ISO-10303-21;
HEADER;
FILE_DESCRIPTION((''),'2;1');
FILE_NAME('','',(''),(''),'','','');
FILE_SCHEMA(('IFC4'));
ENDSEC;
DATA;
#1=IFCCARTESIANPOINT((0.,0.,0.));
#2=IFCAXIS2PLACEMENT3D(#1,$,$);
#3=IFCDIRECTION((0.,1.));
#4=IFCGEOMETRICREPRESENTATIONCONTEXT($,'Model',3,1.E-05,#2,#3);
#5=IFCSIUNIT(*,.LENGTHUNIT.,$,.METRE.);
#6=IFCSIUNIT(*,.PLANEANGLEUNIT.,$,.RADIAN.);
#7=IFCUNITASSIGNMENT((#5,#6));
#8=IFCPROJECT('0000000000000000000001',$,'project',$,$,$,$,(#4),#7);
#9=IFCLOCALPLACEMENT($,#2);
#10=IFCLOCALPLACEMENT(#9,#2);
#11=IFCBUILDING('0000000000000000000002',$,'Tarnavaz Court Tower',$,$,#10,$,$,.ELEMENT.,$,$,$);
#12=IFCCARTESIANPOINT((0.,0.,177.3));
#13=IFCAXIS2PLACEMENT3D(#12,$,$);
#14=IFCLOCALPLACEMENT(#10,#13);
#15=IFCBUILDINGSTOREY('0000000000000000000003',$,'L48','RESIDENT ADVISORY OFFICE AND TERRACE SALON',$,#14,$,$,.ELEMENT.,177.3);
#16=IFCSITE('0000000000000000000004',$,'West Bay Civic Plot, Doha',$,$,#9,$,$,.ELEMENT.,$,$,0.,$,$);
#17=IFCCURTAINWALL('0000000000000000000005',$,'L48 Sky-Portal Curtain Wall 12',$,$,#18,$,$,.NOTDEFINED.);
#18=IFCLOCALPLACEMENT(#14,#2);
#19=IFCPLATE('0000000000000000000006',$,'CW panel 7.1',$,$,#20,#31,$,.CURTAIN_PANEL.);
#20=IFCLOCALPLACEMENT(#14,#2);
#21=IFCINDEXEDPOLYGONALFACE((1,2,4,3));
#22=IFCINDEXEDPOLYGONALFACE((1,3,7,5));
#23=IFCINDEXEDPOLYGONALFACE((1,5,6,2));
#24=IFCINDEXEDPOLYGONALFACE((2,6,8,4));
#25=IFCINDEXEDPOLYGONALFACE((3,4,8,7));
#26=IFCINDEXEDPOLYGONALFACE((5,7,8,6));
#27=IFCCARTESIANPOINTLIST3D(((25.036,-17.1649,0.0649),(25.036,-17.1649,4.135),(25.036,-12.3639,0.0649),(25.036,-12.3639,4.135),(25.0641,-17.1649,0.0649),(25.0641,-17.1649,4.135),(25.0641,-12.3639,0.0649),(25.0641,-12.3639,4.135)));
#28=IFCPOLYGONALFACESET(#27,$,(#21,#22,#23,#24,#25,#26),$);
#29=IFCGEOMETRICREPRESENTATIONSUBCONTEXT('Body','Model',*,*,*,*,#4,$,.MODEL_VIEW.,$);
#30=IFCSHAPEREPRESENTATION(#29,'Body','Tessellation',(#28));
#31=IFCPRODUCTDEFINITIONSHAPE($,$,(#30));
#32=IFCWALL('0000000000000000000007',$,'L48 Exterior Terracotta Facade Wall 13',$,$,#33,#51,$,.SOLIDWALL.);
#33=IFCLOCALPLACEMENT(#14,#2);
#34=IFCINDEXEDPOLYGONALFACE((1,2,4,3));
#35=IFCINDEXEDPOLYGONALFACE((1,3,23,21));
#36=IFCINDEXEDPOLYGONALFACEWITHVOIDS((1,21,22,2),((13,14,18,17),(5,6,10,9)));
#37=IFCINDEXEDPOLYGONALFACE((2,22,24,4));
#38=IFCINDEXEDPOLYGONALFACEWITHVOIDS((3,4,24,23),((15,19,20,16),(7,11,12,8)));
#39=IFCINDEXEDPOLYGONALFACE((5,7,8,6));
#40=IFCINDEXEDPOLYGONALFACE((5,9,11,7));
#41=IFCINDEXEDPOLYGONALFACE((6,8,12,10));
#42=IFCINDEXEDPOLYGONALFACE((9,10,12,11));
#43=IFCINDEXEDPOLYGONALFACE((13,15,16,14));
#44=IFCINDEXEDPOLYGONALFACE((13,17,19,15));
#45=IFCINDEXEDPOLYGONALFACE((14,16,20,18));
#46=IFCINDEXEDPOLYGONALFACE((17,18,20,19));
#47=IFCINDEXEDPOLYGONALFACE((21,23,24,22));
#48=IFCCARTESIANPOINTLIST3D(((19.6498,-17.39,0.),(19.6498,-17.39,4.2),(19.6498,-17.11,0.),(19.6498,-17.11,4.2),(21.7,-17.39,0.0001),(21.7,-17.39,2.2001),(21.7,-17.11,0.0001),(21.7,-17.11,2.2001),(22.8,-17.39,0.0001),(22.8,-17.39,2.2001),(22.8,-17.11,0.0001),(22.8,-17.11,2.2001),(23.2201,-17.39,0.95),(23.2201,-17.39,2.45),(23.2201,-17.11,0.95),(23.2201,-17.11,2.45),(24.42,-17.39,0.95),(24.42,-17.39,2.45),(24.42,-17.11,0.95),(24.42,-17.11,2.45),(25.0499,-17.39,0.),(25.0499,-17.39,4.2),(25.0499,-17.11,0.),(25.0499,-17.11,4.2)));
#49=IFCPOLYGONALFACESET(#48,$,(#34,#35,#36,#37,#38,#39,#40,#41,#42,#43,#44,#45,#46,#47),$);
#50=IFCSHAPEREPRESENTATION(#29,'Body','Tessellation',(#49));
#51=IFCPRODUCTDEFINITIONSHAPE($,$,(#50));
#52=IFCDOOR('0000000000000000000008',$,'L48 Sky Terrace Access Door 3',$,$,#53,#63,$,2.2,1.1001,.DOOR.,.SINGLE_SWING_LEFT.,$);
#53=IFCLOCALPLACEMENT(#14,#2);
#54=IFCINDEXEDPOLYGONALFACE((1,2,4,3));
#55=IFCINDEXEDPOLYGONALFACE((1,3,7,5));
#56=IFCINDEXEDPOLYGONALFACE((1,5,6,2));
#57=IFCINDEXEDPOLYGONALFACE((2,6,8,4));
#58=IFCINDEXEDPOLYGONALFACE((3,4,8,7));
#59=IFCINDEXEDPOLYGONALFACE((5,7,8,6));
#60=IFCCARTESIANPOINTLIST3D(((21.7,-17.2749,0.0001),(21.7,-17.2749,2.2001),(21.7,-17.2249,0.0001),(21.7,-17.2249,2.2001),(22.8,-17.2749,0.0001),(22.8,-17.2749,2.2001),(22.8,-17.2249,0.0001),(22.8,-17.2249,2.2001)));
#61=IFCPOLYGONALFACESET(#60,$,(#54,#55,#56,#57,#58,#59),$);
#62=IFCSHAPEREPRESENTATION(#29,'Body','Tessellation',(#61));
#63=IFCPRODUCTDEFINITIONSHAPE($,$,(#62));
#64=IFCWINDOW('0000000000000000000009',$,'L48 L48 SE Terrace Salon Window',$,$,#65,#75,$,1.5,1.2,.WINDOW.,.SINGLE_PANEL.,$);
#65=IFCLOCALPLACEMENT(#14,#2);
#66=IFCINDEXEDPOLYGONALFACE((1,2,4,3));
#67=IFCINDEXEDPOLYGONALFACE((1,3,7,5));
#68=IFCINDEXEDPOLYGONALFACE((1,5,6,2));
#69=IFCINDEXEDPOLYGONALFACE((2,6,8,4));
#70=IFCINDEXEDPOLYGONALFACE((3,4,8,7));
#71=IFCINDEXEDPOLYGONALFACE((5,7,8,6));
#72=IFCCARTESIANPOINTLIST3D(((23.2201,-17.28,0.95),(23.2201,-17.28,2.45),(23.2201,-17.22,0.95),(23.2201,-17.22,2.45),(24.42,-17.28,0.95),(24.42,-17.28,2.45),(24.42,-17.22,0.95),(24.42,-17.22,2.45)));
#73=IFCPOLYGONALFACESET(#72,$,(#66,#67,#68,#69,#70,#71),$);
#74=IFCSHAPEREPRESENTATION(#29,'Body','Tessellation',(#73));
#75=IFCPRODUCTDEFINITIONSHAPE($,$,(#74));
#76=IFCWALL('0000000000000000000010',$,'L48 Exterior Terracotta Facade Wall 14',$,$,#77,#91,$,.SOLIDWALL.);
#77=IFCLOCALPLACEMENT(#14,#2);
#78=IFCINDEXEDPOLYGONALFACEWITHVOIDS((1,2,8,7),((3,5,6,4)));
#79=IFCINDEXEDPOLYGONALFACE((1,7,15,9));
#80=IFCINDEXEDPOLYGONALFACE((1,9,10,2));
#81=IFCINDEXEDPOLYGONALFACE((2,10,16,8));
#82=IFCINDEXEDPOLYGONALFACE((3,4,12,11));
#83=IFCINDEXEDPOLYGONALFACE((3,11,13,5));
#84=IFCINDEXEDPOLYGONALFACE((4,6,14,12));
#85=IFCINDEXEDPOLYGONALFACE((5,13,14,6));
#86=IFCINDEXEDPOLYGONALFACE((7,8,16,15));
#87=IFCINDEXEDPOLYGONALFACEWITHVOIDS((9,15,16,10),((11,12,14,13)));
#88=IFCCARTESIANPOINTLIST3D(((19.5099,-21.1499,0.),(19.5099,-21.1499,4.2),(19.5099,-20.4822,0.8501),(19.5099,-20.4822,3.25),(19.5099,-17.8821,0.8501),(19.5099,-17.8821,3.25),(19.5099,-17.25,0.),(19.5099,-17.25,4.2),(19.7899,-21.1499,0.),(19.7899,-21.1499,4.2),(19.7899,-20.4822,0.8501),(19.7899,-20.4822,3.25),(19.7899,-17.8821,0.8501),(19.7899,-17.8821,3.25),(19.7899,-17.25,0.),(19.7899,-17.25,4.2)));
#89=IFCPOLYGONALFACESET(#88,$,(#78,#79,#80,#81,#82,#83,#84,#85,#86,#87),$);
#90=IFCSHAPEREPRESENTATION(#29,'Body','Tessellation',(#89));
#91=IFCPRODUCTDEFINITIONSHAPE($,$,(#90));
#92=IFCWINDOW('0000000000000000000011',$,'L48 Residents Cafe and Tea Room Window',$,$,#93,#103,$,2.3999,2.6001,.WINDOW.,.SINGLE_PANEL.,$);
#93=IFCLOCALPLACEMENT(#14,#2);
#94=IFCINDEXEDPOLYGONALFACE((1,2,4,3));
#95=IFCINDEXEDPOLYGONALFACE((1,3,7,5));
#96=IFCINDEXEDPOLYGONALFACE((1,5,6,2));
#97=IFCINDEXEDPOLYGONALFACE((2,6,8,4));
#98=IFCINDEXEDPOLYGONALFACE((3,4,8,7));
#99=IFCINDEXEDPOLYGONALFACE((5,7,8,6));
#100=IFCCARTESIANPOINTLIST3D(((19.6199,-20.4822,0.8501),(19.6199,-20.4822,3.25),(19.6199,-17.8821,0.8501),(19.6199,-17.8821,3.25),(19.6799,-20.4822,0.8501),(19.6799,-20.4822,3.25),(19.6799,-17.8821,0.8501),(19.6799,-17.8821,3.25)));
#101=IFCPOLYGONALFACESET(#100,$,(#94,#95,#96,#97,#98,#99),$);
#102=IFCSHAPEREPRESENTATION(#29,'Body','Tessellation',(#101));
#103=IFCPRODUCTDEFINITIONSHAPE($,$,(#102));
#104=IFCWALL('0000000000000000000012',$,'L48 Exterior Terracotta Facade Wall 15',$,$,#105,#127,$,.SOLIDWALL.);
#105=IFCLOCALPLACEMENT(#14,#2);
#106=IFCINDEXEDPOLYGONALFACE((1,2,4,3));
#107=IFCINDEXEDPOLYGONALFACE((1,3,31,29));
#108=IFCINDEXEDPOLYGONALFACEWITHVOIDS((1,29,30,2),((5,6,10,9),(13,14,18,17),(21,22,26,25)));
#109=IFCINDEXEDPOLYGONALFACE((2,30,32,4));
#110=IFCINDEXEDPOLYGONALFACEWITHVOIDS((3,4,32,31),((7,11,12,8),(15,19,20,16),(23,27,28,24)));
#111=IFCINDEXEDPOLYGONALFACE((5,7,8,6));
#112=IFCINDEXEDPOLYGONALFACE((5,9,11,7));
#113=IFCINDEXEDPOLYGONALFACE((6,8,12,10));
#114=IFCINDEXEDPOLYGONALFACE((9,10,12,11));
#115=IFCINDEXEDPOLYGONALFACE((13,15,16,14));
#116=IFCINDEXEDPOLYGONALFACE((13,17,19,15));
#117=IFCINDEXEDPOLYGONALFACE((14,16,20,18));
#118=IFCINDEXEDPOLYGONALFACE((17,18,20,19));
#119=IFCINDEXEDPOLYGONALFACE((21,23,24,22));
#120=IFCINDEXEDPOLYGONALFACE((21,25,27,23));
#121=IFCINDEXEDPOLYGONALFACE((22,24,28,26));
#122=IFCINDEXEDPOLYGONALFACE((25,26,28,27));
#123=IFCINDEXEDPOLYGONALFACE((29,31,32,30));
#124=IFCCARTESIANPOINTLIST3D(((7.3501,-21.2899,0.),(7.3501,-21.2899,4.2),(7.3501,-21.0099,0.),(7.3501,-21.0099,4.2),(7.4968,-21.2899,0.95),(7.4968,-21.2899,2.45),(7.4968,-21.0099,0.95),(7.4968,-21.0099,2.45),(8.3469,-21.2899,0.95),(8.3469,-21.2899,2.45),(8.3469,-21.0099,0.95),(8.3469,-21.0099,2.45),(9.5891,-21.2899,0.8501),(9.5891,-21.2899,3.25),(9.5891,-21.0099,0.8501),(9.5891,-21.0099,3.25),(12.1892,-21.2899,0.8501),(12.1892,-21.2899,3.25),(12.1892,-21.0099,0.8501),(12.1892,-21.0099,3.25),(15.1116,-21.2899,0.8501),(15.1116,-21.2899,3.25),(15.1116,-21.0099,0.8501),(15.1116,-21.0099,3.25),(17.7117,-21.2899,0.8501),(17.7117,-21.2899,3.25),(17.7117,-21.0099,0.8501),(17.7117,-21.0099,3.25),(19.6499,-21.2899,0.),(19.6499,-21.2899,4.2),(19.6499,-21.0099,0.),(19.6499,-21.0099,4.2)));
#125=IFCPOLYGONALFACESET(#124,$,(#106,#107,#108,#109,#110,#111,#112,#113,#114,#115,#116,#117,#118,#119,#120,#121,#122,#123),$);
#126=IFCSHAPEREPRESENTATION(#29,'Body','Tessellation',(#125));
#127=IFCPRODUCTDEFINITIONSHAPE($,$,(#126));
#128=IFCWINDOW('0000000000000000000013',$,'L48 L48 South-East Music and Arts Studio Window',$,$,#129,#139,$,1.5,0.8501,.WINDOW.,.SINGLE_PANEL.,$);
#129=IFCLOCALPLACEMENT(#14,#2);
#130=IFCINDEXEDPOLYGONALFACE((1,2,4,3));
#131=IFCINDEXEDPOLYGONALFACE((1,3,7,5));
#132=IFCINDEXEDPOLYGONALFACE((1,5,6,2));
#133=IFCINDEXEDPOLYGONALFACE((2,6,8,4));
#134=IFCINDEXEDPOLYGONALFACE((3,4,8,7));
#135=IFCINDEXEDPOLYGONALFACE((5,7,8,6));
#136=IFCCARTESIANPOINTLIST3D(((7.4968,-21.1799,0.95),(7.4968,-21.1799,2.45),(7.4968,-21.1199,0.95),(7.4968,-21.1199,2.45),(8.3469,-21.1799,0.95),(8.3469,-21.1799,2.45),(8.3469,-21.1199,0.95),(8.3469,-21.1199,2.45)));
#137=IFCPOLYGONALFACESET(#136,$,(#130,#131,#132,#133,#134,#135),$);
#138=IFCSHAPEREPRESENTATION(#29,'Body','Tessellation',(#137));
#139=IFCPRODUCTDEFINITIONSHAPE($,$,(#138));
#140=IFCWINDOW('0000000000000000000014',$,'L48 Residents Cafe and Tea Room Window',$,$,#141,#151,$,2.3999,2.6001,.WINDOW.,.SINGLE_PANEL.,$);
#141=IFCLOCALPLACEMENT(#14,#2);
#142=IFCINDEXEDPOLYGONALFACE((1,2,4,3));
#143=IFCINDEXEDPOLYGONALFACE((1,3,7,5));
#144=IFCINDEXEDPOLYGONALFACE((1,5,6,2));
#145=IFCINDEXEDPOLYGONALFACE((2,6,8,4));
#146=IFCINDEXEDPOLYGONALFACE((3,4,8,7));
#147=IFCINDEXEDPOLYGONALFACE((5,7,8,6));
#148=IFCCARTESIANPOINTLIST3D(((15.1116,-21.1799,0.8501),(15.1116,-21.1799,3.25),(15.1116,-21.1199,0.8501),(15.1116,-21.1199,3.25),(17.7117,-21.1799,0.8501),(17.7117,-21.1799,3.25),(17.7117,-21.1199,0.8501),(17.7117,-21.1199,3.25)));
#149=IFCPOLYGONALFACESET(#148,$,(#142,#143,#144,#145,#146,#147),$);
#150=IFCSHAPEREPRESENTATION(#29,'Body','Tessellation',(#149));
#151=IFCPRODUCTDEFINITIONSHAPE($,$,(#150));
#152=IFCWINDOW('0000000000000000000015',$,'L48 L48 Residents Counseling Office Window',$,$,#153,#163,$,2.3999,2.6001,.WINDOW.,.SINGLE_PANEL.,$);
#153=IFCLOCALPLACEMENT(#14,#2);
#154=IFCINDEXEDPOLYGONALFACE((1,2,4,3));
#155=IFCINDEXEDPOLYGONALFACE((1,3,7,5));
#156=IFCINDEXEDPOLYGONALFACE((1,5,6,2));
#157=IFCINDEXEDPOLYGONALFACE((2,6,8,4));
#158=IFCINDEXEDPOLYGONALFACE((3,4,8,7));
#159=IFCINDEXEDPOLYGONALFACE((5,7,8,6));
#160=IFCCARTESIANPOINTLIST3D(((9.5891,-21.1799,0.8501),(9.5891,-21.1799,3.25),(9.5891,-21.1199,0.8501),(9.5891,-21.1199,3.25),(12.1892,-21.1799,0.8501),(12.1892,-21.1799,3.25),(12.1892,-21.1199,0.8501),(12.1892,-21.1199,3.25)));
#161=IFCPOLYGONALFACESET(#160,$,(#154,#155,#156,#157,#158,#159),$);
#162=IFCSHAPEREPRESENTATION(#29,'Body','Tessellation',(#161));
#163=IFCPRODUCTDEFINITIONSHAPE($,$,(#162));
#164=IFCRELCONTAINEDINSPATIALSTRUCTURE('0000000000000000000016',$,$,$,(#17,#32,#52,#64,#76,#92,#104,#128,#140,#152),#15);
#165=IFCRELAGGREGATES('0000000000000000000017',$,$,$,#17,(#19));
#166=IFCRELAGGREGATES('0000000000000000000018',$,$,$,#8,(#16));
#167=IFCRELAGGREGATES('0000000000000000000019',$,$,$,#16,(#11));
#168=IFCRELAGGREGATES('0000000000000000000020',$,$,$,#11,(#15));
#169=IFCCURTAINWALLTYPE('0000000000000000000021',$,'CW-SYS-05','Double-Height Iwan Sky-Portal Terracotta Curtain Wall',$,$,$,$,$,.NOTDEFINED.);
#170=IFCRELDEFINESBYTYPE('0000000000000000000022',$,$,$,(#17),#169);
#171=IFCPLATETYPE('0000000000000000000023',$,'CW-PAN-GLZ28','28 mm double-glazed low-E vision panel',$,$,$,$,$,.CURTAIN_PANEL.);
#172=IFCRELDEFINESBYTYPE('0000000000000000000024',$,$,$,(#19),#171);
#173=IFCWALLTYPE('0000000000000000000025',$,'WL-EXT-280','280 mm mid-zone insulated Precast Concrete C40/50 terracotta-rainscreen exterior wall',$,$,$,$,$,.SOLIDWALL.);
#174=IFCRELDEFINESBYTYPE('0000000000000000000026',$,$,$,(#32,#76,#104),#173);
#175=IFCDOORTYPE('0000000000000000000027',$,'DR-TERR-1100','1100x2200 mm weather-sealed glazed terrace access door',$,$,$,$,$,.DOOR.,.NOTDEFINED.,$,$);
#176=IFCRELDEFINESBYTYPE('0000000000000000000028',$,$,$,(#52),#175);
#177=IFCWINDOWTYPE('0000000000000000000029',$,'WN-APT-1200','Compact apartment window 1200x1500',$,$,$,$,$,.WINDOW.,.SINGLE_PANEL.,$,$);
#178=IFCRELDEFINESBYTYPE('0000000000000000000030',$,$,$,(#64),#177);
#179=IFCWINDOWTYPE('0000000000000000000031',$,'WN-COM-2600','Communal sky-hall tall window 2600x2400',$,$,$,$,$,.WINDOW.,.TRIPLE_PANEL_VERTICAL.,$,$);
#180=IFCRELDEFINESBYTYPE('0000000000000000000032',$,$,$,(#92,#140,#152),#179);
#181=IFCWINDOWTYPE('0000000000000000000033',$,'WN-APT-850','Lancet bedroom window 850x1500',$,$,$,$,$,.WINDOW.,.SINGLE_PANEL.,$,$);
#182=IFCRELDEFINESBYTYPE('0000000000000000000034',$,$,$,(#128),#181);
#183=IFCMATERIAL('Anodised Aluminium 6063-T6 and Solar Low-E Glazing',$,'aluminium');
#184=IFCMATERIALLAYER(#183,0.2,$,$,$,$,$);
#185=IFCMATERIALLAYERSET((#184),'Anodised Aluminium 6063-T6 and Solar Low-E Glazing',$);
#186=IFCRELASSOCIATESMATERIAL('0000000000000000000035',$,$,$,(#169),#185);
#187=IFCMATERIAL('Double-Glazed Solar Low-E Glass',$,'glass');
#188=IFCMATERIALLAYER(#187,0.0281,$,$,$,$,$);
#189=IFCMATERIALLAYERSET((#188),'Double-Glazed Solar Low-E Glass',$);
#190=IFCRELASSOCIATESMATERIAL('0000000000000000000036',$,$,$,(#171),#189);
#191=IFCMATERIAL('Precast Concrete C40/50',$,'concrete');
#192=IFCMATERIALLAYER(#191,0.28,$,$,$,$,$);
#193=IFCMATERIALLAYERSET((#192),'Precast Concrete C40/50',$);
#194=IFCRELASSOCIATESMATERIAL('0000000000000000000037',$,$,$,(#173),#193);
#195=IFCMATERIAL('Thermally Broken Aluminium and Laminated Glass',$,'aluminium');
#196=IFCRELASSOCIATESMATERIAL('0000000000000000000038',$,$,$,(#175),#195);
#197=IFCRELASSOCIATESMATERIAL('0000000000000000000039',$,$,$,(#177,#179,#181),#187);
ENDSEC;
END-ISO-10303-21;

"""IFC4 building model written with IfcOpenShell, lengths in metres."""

from ifc_helpers import new_model, si_unit, direction, frame, frame_2d, origin, origin_2d, place, context, subcontext, project, spatial, rectangle, extrude, material, layer, layer_set, type_object, element, fill, aggregate, save


model = new_model("IFC4")

# Units and contexts
model_context = context("Model", 3, precision=1e-05, world=origin(), true_north=direction((0.0, 1.0)))
body_context = subcontext(model_context, "Body", "Model", "MODEL_VIEW")
ifc_project = project(units=[si_unit("LENGTHUNIT", "METRE"), si_unit("PLANEANGLEUNIT", "RADIAN")], contexts=[model_context])

# Site, building, storey
site_placement = place(None, origin())
site = spatial("IfcSite", under=ifc_project, at=site_placement, Name="West Bay Civic Plot, Doha", CompositionType="ELEMENT", RefElevation=0.0)
building_placement = place(site_placement, origin())
building = spatial("IfcBuilding", under=site, at=building_placement, Name="Tarnavaz Court Tower", CompositionType="ELEMENT")
storey_placement = place(building_placement, frame((0.0, 0.0, 177.3)))
storey = spatial("IfcBuildingStorey", under=building, at=storey_placement, Name="L48", Description="RESIDENT ADVISORY OFFICE AND TERRACE SALON", CompositionType="ELEMENT", Elevation=177.3)

# Curtain wall, plate
ifc_material_1 = material(Name="Anodised Aluminium 6063-T6 and Solar Low-E Glazing", Category="aluminium")
ifc_layer_1 = layer(ifc_material_1, 0.2)
ifc_layer_set_1 = layer_set([ifc_layer_1], Name="Anodised Aluminium 6063-T6 and Solar Low-E Glazing")
curtain_wall_type = type_object("IfcCurtainWallType", Name="CW-SYS-05", Description="Double-Height Iwan Sky-Portal Terracotta Curtain Wall", PredefinedType="NOTDEFINED", material=ifc_layer_set_1)
curtain_wall_placement = place(storey_placement, origin())
curtain_wall = element("IfcCurtainWall", 1, at=curtain_wall_placement, inside=storey, type_object=curtain_wall_type, Name="L48 Sky-Portal Curtain Wall 12", PredefinedType="NOTDEFINED")
ifc_material_2 = material(Name="Double-Glazed Solar Low-E Glass", Category="glass")
ifc_layer_2 = layer(ifc_material_2, 0.0281)
ifc_layer_set_2 = layer_set([ifc_layer_2], Name="Double-Glazed Solar Low-E Glass")
plate_type = type_object("IfcPlateType", Name="CW-PAN-GLZ28", Description="28 mm double-glazed low-E vision panel", PredefinedType="CURTAIN_PANEL", material=ifc_layer_set_2)
plate_placement = place(storey_placement, frame((25.05, -14.7644, 0.0649), z_axis=(0.0, 0.0, 1.0), x_axis=(0.0, -1.0, 0.0)))
plate = element("IfcPlate", 2, at=plate_placement, type_object=plate_type, Name="CW panel 7.1", PredefinedType="CURTAIN_PANEL", context=body_context, shape_type="SweptSolid", body=[
    extrude(rectangle(XDim=4.801, YDim=0.0281, at=origin_2d()), origin(), (0.0, 0.0, 1.0), 4.0701),
])
aggregate(curtain_wall, [plate])

# Wall, openings, door, window
ifc_material_3 = material(Name="Precast Concrete C40/50", Category="concrete")
ifc_layer_3 = layer(ifc_material_3, 0.28)
ifc_layer_set_3 = layer_set([ifc_layer_3], Name="Precast Concrete C40/50")
wall_type_1 = type_object("IfcWallType", Name="WL-EXT-280", Description="280 mm mid-zone insulated Precast Concrete C40/50 terracotta-rainscreen exterior wall", PredefinedType="SOLIDWALL", material=ifc_layer_set_3)
wall_1_placement = place(storey_placement, frame((25.05, -17.25, 0.0), z_axis=(0.0, 0.0, 1.0), x_axis=(-1.0, 0.0, 0.0)))
wall_1 = element("IfcWall", 3, at=wall_1_placement, inside=storey, type_object=wall_type_1, Name="L48 Exterior Terracotta Facade Wall 13", PredefinedType="SOLIDWALL", context=body_context, shape_type="SweptSolid", body=[
    extrude(rectangle(XDim=5.4001, YDim=0.28, at=frame_2d((2.7002, 0.0))), origin(), (0.0, 0.0, 1.0), 4.2),
])
opening_1_placement = place(wall_1_placement, frame((2.25, 0.0, 0.0)))
opening_1 = element("IfcOpeningElement", 4, at=opening_1_placement, cuts=wall_1, PredefinedType="OPENING", context=body_context, shape_type="SweptSolid", body=[
    extrude(rectangle(XDim=1.1001, YDim=2.2, at=frame_2d((0.55, 1.1001))), frame((0.0, 0.1499, 0.0), z_axis=(0.0, -1.0, 0.0), x_axis=(1.0, 0.0, 0.0)), (0.0, 0.0, 1.0), 0.3),
])
opening_2_placement = place(wall_1_placement, frame((0.6299, 0.0, 0.95)))
opening_2 = element("IfcOpeningElement", 5, at=opening_2_placement, cuts=wall_1, PredefinedType="OPENING", context=body_context, shape_type="SweptSolid", body=[
    extrude(rectangle(XDim=1.2, YDim=1.5, at=frame_2d((0.6001, 0.75))), frame((0.0, 0.1499, 0.0), z_axis=(0.0, -1.0, 0.0), x_axis=(1.0, 0.0, 0.0)), (0.0, 0.0, 1.0), 0.3),
])
ifc_material_4 = material(Name="Thermally Broken Aluminium and Laminated Glass", Category="aluminium")
door_type = type_object("IfcDoorType", Name="DR-TERR-1100", Description="1100x2200 mm weather-sealed glazed terrace access door", OperationType="NOTDEFINED", PredefinedType="DOOR", material=ifc_material_4)
door_placement = place(opening_1_placement, origin())
door = element("IfcDoor", 6, at=door_placement, inside=storey, type_object=door_type, Name="L48 Sky Terrace Access Door 3", OperationType="SINGLE_SWING_LEFT", OverallHeight=2.2, OverallWidth=1.1001, PredefinedType="DOOR", context=body_context, shape_type="SweptSolid", body=[
    extrude(rectangle(XDim=1.1001, YDim=2.2, at=frame_2d((0.55, 1.1001))), frame((0.0, 0.0249, 0.0), z_axis=(0.0, -1.0, 0.0), x_axis=(1.0, 0.0, 0.0)), (0.0, 0.0, 1.0), 0.05),
])
fill(opening_1, door)
window_type_1 = type_object("IfcWindowType", Name="WN-APT-1200", Description="Compact apartment window 1200x1500", PartitioningType="SINGLE_PANEL", PredefinedType="WINDOW", material=ifc_material_2)
window_1_placement = place(opening_2_placement, origin())
window_1 = element("IfcWindow", 7, at=window_1_placement, inside=storey, type_object=window_type_1, Name="L48 L48 SE Terrace Salon Window", OverallHeight=1.5, OverallWidth=1.2, PartitioningType="SINGLE_PANEL", PredefinedType="WINDOW", context=body_context, shape_type="SweptSolid", body=[
    extrude(rectangle(XDim=1.2, YDim=1.5, at=frame_2d((0.6001, 0.75))), frame((0.0, 0.03, 0.0), z_axis=(0.0, -1.0, 0.0), x_axis=(1.0, 0.0, 0.0)), (0.0, 0.0, 1.0), 0.0601),
])
fill(opening_2, window_1)

# Wall, opening, window
wall_2_placement = place(storey_placement, frame((19.6499, -17.25, 0.0), z_axis=(0.0, 0.0, 1.0), x_axis=(0.0, -1.0, 0.0)))
wall_2 = element("IfcWall", 8, at=wall_2_placement, inside=storey, type_object=wall_type_1, Name="L48 Exterior Terracotta Facade Wall 14", PredefinedType="SOLIDWALL", context=body_context, shape_type="SweptSolid", body=[
    extrude(rectangle(XDim=3.8999, YDim=0.28, at=frame_2d((1.95, 0.0))), origin(), (0.0, 0.0, 1.0), 4.2),
])
opening_3_placement = place(wall_2_placement, frame((0.6321, 0.0, 0.8501)))
opening_3 = element("IfcOpeningElement", 9, at=opening_3_placement, cuts=wall_2, PredefinedType="OPENING", context=body_context, shape_type="SweptSolid", body=[
    extrude(rectangle(XDim=2.6001, YDim=2.3999, at=frame_2d((1.3, 1.2))), frame((0.0, 0.1499, 0.0), z_axis=(0.0, -1.0, 0.0), x_axis=(1.0, 0.0, 0.0)), (0.0, 0.0, 1.0), 0.3),
])
window_type_2 = type_object("IfcWindowType", Name="WN-COM-2600", Description="Communal sky-hall tall window 2600x2400", PartitioningType="TRIPLE_PANEL_VERTICAL", PredefinedType="WINDOW", material=ifc_material_2)
window_2_placement = place(opening_3_placement, origin())
window_2 = element("IfcWindow", 10, at=window_2_placement, inside=storey, type_object=window_type_2, Name="L48 Residents Cafe and Tea Room Window", OverallHeight=2.3999, OverallWidth=2.6001, PartitioningType="SINGLE_PANEL", PredefinedType="WINDOW", context=body_context, shape_type="SweptSolid", body=[
    extrude(rectangle(XDim=2.6001, YDim=2.3999, at=frame_2d((1.3, 1.2))), frame((0.0, 0.03, 0.0), z_axis=(0.0, -1.0, 0.0), x_axis=(1.0, 0.0, 0.0)), (0.0, 0.0, 1.0), 0.0601),
])
fill(opening_3, window_2)

# Wall, openings, windows
wall_3_placement = place(storey_placement, frame((19.6499, -21.1499, 0.0), z_axis=(0.0, 0.0, 1.0), x_axis=(-1.0, 0.0, 0.0)))
wall_3 = element("IfcWall", 11, at=wall_3_placement, inside=storey, type_object=wall_type_1, Name="L48 Exterior Terracotta Facade Wall 15", PredefinedType="SOLIDWALL", context=body_context, shape_type="SweptSolid", body=[
    extrude(rectangle(XDim=12.2998, YDim=0.28, at=frame_2d((6.1499, 0.0))), origin(), (0.0, 0.0, 1.0), 4.2),
])
opening_4_placement = place(wall_3_placement, frame((1.9382, 0.0, 0.8501)))
opening_4 = element("IfcOpeningElement", 12, at=opening_4_placement, cuts=wall_3, PredefinedType="OPENING", context=body_context, shape_type="SweptSolid", body=[
    extrude(rectangle(XDim=2.6001, YDim=2.3999, at=frame_2d((1.3, 1.2))), frame((0.0, 0.1499, 0.0), z_axis=(0.0, -1.0, 0.0), x_axis=(1.0, 0.0, 0.0)), (0.0, 0.0, 1.0), 0.3),
])
opening_5_placement = place(wall_3_placement, frame((7.4607, 0.0, 0.8501)))
opening_5 = element("IfcOpeningElement", 13, at=opening_5_placement, cuts=wall_3, PredefinedType="OPENING", context=body_context, shape_type="SweptSolid", body=[
    extrude(rectangle(XDim=2.6001, YDim=2.3999, at=frame_2d((1.3, 1.2))), frame((0.0, 0.1499, 0.0), z_axis=(0.0, -1.0, 0.0), x_axis=(1.0, 0.0, 0.0)), (0.0, 0.0, 1.0), 0.3),
])
opening_6_placement = place(wall_3_placement, frame((11.303, 0.0, 0.95)))
opening_6 = element("IfcOpeningElement", 14, at=opening_6_placement, cuts=wall_3, PredefinedType="OPENING", context=body_context, shape_type="SweptSolid", body=[
    extrude(rectangle(XDim=0.8501, YDim=1.5, at=frame_2d((0.425, 0.75))), frame((0.0, 0.1499, 0.0), z_axis=(0.0, -1.0, 0.0), x_axis=(1.0, 0.0, 0.0)), (0.0, 0.0, 1.0), 0.3),
])
window_type_3 = type_object("IfcWindowType", Name="WN-APT-850", Description="Lancet bedroom window 850x1500", PartitioningType="SINGLE_PANEL", PredefinedType="WINDOW", material=ifc_material_2)
window_3_placement = place(opening_6_placement, origin())
window_3 = element("IfcWindow", 15, at=window_3_placement, inside=storey, type_object=window_type_3, Name="L48 L48 South-East Music and Arts Studio Window", OverallHeight=1.5, OverallWidth=0.8501, PartitioningType="SINGLE_PANEL", PredefinedType="WINDOW", context=body_context, shape_type="SweptSolid", body=[
    extrude(rectangle(XDim=0.8501, YDim=1.5, at=frame_2d((0.425, 0.75))), frame((0.0, 0.03, 0.0), z_axis=(0.0, -1.0, 0.0), x_axis=(1.0, 0.0, 0.0)), (0.0, 0.0, 1.0), 0.0601),
])
fill(opening_6, window_3)
window_4_placement = place(opening_4_placement, origin())
window_4 = element("IfcWindow", 16, at=window_4_placement, inside=storey, type_object=window_type_2, Name="L48 Residents Cafe and Tea Room Window", OverallHeight=2.3999, OverallWidth=2.6001, PartitioningType="SINGLE_PANEL", PredefinedType="WINDOW", context=body_context, shape_type="SweptSolid", body=[
    extrude(rectangle(XDim=2.6001, YDim=2.3999, at=frame_2d((1.3, 1.2))), frame((0.0, 0.03, 0.0), z_axis=(0.0, -1.0, 0.0), x_axis=(1.0, 0.0, 0.0)), (0.0, 0.0, 1.0), 0.0601),
])
fill(opening_4, window_4)
window_5_placement = place(opening_5_placement, origin())
window_5 = element("IfcWindow", 17, at=window_5_placement, inside=storey, type_object=window_type_2, Name="L48 L48 Residents Counseling Office Window", OverallHeight=2.3999, OverallWidth=2.6001, PartitioningType="SINGLE_PANEL", PredefinedType="WINDOW", context=body_context, shape_type="SweptSolid", body=[
    extrude(rectangle(XDim=2.6001, YDim=2.3999, at=frame_2d((1.3, 1.2))), frame((0.0, 0.03, 0.0), z_axis=(0.0, -1.0, 0.0), x_axis=(1.0, 0.0, 0.0)), (0.0, 0.0, 1.0), 0.0601),
])
fill(opening_5, window_5)

save(model, "model.ifc")
